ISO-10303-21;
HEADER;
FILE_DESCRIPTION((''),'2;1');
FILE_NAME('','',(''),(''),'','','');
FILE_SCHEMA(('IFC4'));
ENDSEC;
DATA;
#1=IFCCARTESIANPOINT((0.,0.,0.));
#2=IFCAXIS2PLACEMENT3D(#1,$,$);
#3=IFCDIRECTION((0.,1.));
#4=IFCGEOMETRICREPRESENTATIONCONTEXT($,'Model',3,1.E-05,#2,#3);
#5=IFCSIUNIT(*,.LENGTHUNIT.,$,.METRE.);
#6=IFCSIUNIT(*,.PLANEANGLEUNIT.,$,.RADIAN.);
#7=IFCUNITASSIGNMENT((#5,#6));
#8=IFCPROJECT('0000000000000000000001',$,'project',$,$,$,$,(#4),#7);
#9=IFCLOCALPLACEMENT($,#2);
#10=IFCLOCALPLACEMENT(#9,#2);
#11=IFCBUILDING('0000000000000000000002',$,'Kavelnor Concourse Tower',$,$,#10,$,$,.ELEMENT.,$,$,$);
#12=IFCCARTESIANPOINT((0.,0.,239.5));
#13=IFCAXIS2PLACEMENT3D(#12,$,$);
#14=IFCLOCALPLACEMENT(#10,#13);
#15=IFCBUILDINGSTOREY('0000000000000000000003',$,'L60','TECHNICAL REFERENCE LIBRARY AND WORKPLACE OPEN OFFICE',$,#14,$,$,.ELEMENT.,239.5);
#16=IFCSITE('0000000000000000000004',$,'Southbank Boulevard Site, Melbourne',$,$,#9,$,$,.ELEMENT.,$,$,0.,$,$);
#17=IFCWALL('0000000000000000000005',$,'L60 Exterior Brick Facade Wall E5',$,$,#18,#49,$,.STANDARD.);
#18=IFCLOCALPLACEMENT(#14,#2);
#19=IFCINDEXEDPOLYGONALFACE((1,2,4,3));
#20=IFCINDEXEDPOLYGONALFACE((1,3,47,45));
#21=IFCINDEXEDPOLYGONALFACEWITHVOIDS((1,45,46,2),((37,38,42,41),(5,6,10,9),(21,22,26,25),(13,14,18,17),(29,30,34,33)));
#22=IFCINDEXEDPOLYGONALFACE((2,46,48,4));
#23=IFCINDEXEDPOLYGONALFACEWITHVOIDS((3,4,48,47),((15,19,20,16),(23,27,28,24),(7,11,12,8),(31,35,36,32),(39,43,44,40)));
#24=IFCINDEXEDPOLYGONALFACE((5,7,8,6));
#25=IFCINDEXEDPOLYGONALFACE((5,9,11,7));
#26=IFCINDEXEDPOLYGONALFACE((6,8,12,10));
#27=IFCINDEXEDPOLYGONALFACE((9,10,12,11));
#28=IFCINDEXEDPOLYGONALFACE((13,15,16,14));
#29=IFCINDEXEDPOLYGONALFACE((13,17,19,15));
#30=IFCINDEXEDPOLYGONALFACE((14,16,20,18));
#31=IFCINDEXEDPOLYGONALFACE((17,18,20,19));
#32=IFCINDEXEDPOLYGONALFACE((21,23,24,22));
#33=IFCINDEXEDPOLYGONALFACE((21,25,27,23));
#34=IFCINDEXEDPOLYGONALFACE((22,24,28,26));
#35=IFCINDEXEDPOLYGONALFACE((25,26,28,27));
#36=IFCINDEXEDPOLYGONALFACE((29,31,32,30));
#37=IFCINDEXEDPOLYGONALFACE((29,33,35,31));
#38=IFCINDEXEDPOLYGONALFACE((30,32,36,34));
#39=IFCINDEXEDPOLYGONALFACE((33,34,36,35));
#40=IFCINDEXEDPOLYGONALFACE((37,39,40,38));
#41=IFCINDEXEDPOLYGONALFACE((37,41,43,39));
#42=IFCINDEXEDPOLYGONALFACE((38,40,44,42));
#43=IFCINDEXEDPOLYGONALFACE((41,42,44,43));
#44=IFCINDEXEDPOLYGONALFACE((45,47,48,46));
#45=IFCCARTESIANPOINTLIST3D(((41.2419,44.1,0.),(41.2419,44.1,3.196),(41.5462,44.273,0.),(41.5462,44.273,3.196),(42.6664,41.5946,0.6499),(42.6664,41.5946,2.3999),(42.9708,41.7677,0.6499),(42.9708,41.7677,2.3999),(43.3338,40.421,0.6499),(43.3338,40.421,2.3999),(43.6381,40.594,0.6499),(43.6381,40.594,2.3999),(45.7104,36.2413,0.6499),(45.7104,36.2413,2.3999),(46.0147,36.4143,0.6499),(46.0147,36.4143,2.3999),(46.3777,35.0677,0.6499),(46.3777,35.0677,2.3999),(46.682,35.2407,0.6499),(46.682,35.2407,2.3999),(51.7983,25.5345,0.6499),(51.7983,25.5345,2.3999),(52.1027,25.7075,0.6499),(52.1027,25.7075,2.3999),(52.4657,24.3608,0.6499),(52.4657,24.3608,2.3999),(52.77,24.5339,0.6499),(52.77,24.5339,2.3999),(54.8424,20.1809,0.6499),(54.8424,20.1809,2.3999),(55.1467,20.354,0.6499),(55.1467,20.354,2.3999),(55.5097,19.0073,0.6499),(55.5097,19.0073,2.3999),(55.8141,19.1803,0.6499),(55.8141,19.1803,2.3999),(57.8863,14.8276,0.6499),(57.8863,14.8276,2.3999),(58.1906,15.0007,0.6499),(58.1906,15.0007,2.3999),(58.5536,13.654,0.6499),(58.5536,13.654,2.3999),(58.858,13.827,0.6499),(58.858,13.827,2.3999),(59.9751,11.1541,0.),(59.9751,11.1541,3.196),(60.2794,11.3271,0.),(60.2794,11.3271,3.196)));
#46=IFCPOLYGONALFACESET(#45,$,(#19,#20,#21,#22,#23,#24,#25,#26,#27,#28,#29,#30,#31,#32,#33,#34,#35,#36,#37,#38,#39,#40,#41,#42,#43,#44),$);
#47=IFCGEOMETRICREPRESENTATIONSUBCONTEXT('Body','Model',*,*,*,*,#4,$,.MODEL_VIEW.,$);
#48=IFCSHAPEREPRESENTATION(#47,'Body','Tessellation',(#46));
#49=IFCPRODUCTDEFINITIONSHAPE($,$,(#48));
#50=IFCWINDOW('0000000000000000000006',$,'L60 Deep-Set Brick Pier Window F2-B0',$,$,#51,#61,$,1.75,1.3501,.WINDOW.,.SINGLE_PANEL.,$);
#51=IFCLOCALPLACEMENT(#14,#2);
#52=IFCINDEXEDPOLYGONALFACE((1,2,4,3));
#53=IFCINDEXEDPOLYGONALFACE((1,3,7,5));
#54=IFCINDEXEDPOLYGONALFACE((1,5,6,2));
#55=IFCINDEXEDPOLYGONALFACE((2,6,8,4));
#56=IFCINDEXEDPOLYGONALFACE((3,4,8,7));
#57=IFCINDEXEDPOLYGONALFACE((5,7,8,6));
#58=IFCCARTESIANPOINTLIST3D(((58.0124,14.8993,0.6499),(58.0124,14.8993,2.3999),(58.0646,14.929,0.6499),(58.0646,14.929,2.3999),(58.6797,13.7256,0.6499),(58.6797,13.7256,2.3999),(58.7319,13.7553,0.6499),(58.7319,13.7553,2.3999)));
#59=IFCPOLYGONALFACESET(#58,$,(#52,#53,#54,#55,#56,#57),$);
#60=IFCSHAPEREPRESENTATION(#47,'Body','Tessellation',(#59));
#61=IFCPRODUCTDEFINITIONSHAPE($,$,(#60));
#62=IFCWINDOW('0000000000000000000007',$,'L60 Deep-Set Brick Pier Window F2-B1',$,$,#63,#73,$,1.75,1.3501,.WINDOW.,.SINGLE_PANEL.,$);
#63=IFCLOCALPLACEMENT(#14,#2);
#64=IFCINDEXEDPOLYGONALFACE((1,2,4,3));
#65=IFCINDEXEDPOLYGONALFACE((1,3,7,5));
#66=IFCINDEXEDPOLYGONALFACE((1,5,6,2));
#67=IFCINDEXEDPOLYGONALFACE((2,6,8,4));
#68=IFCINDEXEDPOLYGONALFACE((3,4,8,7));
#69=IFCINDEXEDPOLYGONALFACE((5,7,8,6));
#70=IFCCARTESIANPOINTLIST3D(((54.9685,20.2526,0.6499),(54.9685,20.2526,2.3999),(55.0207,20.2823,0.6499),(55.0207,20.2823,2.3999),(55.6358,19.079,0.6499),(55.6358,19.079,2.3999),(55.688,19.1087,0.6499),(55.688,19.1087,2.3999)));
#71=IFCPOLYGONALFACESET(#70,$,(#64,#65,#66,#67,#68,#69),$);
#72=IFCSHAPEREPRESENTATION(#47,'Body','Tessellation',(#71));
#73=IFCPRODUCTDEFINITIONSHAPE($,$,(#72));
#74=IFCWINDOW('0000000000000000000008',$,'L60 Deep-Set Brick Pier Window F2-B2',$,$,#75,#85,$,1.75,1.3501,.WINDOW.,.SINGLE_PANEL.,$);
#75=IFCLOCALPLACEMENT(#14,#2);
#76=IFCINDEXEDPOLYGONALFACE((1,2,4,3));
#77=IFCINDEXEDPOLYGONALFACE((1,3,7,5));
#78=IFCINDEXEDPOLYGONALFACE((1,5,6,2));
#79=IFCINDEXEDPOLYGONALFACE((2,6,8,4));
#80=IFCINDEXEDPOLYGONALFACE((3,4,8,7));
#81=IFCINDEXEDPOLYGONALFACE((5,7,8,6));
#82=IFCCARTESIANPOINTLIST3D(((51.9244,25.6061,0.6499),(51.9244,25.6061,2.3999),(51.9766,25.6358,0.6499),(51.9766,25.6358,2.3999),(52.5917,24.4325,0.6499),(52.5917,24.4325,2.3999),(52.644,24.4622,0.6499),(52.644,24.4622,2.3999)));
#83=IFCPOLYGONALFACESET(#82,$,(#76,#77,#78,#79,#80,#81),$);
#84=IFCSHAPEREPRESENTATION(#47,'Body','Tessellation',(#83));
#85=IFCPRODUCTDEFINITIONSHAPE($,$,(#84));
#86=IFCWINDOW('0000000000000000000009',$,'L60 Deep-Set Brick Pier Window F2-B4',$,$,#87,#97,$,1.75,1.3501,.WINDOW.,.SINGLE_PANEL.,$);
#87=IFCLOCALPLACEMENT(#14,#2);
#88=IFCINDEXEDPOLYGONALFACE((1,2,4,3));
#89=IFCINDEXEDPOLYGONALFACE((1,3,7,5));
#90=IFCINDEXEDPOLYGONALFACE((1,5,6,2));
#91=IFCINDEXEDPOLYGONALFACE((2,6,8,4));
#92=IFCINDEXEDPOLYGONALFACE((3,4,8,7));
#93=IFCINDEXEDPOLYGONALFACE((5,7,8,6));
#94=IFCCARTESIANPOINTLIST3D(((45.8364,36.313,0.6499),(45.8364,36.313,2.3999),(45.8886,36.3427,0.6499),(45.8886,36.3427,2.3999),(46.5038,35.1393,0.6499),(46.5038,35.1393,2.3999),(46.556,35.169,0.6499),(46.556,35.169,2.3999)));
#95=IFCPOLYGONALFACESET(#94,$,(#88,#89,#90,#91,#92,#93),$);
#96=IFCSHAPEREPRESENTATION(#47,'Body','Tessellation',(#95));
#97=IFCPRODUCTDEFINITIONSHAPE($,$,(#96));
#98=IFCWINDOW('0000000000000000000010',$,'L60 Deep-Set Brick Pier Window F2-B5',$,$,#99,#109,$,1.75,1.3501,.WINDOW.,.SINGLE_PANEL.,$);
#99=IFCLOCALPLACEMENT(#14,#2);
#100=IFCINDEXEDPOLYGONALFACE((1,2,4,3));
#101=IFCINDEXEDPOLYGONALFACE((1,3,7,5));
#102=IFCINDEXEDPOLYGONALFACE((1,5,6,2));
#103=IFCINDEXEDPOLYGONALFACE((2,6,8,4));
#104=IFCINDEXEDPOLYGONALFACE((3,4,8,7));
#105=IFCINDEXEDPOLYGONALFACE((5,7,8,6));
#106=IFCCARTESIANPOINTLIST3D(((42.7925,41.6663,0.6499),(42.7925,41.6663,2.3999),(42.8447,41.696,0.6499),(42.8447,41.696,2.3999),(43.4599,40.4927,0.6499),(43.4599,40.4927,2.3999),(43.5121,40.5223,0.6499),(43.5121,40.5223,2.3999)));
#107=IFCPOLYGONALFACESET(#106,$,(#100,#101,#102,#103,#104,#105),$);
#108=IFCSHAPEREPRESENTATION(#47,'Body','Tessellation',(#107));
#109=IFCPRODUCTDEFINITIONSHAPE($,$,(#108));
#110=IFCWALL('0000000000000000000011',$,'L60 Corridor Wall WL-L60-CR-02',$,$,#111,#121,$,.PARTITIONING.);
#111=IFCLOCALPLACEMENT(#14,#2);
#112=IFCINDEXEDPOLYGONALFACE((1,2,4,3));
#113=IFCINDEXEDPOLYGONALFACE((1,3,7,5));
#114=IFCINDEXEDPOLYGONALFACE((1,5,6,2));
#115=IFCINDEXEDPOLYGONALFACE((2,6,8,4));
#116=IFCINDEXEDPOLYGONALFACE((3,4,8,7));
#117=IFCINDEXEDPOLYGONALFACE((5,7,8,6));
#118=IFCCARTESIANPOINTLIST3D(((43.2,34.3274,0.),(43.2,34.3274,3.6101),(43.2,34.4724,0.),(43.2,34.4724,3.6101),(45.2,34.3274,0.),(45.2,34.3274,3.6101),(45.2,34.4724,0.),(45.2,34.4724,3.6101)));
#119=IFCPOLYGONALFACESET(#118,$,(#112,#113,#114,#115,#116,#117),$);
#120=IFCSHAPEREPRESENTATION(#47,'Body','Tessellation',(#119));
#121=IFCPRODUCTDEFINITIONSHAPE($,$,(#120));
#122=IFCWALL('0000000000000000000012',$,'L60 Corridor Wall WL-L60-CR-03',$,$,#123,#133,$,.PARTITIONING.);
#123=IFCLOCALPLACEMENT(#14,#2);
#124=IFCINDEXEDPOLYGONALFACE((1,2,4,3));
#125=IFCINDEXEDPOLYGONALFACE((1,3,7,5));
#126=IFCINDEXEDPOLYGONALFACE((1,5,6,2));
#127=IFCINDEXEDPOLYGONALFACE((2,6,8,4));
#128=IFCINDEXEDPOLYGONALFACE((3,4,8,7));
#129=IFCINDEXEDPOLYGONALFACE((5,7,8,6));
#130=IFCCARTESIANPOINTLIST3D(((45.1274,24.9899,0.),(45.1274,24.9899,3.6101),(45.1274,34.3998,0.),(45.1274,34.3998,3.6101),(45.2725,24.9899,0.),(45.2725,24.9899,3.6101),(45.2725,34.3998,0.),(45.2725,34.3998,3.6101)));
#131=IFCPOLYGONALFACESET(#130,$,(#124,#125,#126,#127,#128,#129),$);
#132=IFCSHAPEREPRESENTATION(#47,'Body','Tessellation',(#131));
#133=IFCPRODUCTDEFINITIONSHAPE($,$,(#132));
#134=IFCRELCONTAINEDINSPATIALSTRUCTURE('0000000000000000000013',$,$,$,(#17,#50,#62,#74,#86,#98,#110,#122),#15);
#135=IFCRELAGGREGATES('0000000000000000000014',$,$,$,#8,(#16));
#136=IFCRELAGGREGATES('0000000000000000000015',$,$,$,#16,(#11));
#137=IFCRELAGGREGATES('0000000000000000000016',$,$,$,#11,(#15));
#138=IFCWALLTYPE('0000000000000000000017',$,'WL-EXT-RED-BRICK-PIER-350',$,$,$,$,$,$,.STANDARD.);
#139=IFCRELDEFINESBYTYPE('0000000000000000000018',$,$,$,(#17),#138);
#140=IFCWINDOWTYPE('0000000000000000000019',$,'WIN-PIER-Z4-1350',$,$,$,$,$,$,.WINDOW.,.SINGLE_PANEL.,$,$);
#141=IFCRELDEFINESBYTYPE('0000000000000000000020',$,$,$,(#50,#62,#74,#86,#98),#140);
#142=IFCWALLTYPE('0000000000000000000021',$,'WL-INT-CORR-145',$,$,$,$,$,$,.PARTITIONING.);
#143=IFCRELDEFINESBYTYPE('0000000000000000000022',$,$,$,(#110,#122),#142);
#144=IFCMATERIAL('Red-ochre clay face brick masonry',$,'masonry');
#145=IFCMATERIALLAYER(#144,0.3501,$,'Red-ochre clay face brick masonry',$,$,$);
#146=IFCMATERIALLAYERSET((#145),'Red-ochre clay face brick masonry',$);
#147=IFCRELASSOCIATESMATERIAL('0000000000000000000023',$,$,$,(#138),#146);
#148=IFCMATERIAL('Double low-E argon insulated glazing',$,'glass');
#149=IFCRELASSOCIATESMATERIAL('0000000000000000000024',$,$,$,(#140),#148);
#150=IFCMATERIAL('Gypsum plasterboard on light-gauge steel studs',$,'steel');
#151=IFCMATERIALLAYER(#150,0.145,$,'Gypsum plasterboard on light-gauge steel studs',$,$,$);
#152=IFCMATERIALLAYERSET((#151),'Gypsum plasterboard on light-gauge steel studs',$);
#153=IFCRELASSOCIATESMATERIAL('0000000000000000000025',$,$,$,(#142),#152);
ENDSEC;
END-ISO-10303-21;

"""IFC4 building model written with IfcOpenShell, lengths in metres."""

from ifc_helpers import new_model, si_unit, direction, frame, frame_2d, origin, place, context, subcontext, project, spatial, rectangle, extrude, material, layer, layer_set, type_object, element, fill, save


model = new_model("IFC4")

# Units and contexts
model_context = context("Model", 3, precision=1e-05, world=origin(), true_north=direction((0.0, 1.0)))
body_context = subcontext(model_context, "Body", "Model", "MODEL_VIEW")
ifc_project = project(units=[si_unit("LENGTHUNIT", "METRE"), si_unit("PLANEANGLEUNIT", "RADIAN")], contexts=[model_context])

# Site, building, storey
site_placement = place(None, origin())
site = spatial("IfcSite", under=ifc_project, at=site_placement, Name="Southbank Boulevard Site, Melbourne", CompositionType="ELEMENT", RefElevation=0.0)
building_placement = place(site_placement, origin())
building = spatial("IfcBuilding", under=site, at=building_placement, Name="Kavelnor Concourse Tower", CompositionType="ELEMENT")
storey_placement = place(building_placement, frame((0.0, 0.0, 239.5)))
storey = spatial("IfcBuildingStorey", under=building, at=storey_placement, Name="L60", Description="TECHNICAL REFERENCE LIBRARY AND WORKPLACE OPEN OFFICE", CompositionType="ELEMENT", Elevation=239.5)

# Wall, openings, windows
ifc_material_1 = material(Name="Red-ochre clay face brick masonry", Category="masonry")
ifc_layer_1 = layer(ifc_material_1, 0.3501, Name="Red-ochre clay face brick masonry")
ifc_layer_set_1 = layer_set([ifc_layer_1], Name="Red-ochre clay face brick masonry")
wall_type_1 = type_object("IfcWallType", Name="WL-EXT-RED-BRICK-PIER-350", PredefinedType="STANDARD", material=ifc_layer_set_1)
wall_1_placement = place(storey_placement, frame((41.394, 44.1865, 0.0), z_axis=(0.0, 0.0, 1.0), x_axis=(0.494288, -0.869298, 0.0)))
wall_1 = element("IfcWall", 1, at=wall_1_placement, inside=storey, type_object=wall_type_1, Name="L60 Exterior Brick Facade Wall E5", PredefinedType="STANDARD", context=body_context, shape_type="SweptSolid", body=[
    extrude(rectangle(XDim=37.8994, YDim=0.3501, at=frame_2d((18.9497, 0.0))), origin(), (0.0, 0.0, 1.0), 3.196),
])
opening_1_placement = place(wall_1_placement, frame((33.6736, 0.0, 0.6499)))
opening_1 = element("IfcOpeningElement", 2, at=opening_1_placement, cuts=wall_1, PredefinedType="OPENING", context=body_context, shape_type="SweptSolid", body=[
    extrude(rectangle(XDim=1.3501, YDim=1.75, at=frame_2d((0.675, 0.875))), frame((0.0, 0.1851, 0.0), z_axis=(0.0, -1.0, 0.0), x_axis=(1.0, 0.0, 0.0)), (0.0, 0.0, 1.0), 0.3701),
])
opening_2_placement = place(wall_1_placement, frame((27.5154, 0.0, 0.6499)))
opening_2 = element("IfcOpeningElement", 3, at=opening_2_placement, cuts=wall_1, PredefinedType="OPENING", context=body_context, shape_type="SweptSolid", body=[
    extrude(rectangle(XDim=1.3501, YDim=1.75, at=frame_2d((0.675, 0.875))), frame((0.0, 0.1851, 0.0), z_axis=(0.0, -1.0, 0.0), x_axis=(1.0, 0.0, 0.0)), (0.0, 0.0, 1.0), 0.3701),
])
opening_3_placement = place(wall_1_placement, frame((21.3569, 0.0, 0.6499)))
opening_3 = element("IfcOpeningElement", 4, at=opening_3_placement, cuts=wall_1, PredefinedType="OPENING", context=body_context, shape_type="SweptSolid", body=[
    extrude(rectangle(XDim=1.3501, YDim=1.75, at=frame_2d((0.675, 0.875))), frame((0.0, 0.1851, 0.0), z_axis=(0.0, -1.0, 0.0), x_axis=(1.0, 0.0, 0.0)), (0.0, 0.0, 1.0), 0.3701),
])
opening_4_placement = place(wall_1_placement, frame((9.0403, 0.0, 0.6499)))
opening_4 = element("IfcOpeningElement", 5, at=opening_4_placement, cuts=wall_1, PredefinedType="OPENING", context=body_context, shape_type="SweptSolid", body=[
    extrude(rectangle(XDim=1.3501, YDim=1.75, at=frame_2d((0.675, 0.875))), frame((0.0, 0.1851, 0.0), z_axis=(0.0, -1.0, 0.0), x_axis=(1.0, 0.0, 0.0)), (0.0, 0.0, 1.0), 0.3701),
])
opening_5_placement = place(wall_1_placement, frame((2.8821, 0.0, 0.6499)))
opening_5 = element("IfcOpeningElement", 6, at=opening_5_placement, cuts=wall_1, PredefinedType="OPENING", context=body_context, shape_type="SweptSolid", body=[
    extrude(rectangle(XDim=1.3501, YDim=1.75, at=frame_2d((0.675, 0.875))), frame((0.0, 0.1851, 0.0), z_axis=(0.0, -1.0, 0.0), x_axis=(1.0, 0.0, 0.0)), (0.0, 0.0, 1.0), 0.3701),
])
ifc_material_2 = material(Name="Double low-E argon insulated glazing", Category="glass")
window_type = type_object("IfcWindowType", Name="WIN-PIER-Z4-1350", PartitioningType="SINGLE_PANEL", PredefinedType="WINDOW", material=ifc_material_2)
window_1_placement = place(opening_1_placement, origin())
window_1 = element("IfcWindow", 7, at=window_1_placement, inside=storey, type_object=window_type, Name="L60 Deep-Set Brick Pier Window F2-B0", OverallHeight=1.75, OverallWidth=1.3501, PartitioningType="SINGLE_PANEL", PredefinedType="WINDOW", context=body_context, shape_type="SweptSolid", body=[
    extrude(rectangle(XDim=1.3501, YDim=1.75, at=frame_2d((0.675, 0.875))), frame((0.0, 0.03, 0.0), z_axis=(0.0, -1.0, 0.0), x_axis=(1.0, 0.0, 0.0)), (0.0, 0.0, 1.0), 0.0601),
])
fill(opening_1, window_1)
window_2_placement = place(opening_2_placement, origin())
window_2 = element("IfcWindow", 8, at=window_2_placement, inside=storey, type_object=window_type, Name="L60 Deep-Set Brick Pier Window F2-B1", OverallHeight=1.75, OverallWidth=1.3501, PartitioningType="SINGLE_PANEL", PredefinedType="WINDOW", context=body_context, shape_type="SweptSolid", body=[
    extrude(rectangle(XDim=1.3501, YDim=1.75, at=frame_2d((0.675, 0.875))), frame((0.0, 0.03, 0.0), z_axis=(0.0, -1.0, 0.0), x_axis=(1.0, 0.0, 0.0)), (0.0, 0.0, 1.0), 0.0601),
])
fill(opening_2, window_2)
window_3_placement = place(opening_3_placement, origin())
window_3 = element("IfcWindow", 9, at=window_3_placement, inside=storey, type_object=window_type, Name="L60 Deep-Set Brick Pier Window F2-B2", OverallHeight=1.75, OverallWidth=1.3501, PartitioningType="SINGLE_PANEL", PredefinedType="WINDOW", context=body_context, shape_type="SweptSolid", body=[
    extrude(rectangle(XDim=1.3501, YDim=1.75, at=frame_2d((0.675, 0.875))), frame((0.0, 0.03, 0.0), z_axis=(0.0, -1.0, 0.0), x_axis=(1.0, 0.0, 0.0)), (0.0, 0.0, 1.0), 0.0601),
])
fill(opening_3, window_3)
window_4_placement = place(opening_4_placement, origin())
window_4 = element("IfcWindow", 10, at=window_4_placement, inside=storey, type_object=window_type, Name="L60 Deep-Set Brick Pier Window F2-B4", OverallHeight=1.75, OverallWidth=1.3501, PartitioningType="SINGLE_PANEL", PredefinedType="WINDOW", context=body_context, shape_type="SweptSolid", body=[
    extrude(rectangle(XDim=1.3501, YDim=1.75, at=frame_2d((0.675, 0.875))), frame((0.0, 0.03, 0.0), z_axis=(0.0, -1.0, 0.0), x_axis=(1.0, 0.0, 0.0)), (0.0, 0.0, 1.0), 0.0601),
])
fill(opening_4, window_4)
window_5_placement = place(opening_5_placement, origin())
window_5 = element("IfcWindow", 11, at=window_5_placement, inside=storey, type_object=window_type, Name="L60 Deep-Set Brick Pier Window F2-B5", OverallHeight=1.75, OverallWidth=1.3501, PartitioningType="SINGLE_PANEL", PredefinedType="WINDOW", context=body_context, shape_type="SweptSolid", body=[
    extrude(rectangle(XDim=1.3501, YDim=1.75, at=frame_2d((0.675, 0.875))), frame((0.0, 0.03, 0.0), z_axis=(0.0, -1.0, 0.0), x_axis=(1.0, 0.0, 0.0)), (0.0, 0.0, 1.0), 0.0601),
])
fill(opening_5, window_5)

# Walls
ifc_material_3 = material(Name="Gypsum plasterboard on light-gauge steel studs", Category="steel")
ifc_layer_2 = layer(ifc_material_3, 0.145, Name="Gypsum plasterboard on light-gauge steel studs")
ifc_layer_set_2 = layer_set([ifc_layer_2], Name="Gypsum plasterboard on light-gauge steel studs")
wall_type_2 = type_object("IfcWallType", Name="WL-INT-CORR-145", PredefinedType="PARTITIONING", material=ifc_layer_set_2)
wall_2_placement = place(storey_placement, frame((43.2, 34.3999, 0.0), z_axis=(0.0, 0.0, 1.0), x_axis=(1.0, 0.0, 0.0)))
element("IfcWall", 12, at=wall_2_placement, inside=storey, type_object=wall_type_2, Name="L60 Corridor Wall WL-L60-CR-02", PredefinedType="PARTITIONING", context=body_context, shape_type="SweptSolid", body=[
    extrude(rectangle(XDim=2.0, YDim=0.145, at=frame_2d((1.0, 0.0))), origin(), (0.0, 0.0, 1.0), 3.6101),
])
wall_3_placement = place(storey_placement, frame((45.2, 34.3999, 0.0), z_axis=(0.0, 0.0, 1.0), x_axis=(0.0, -1.0, 0.0)))
element("IfcWall", 13, at=wall_3_placement, inside=storey, type_object=wall_type_2, Name="L60 Corridor Wall WL-L60-CR-03", PredefinedType="PARTITIONING", context=body_context, shape_type="SweptSolid", body=[
    extrude(rectangle(XDim=9.4099, YDim=0.145, at=frame_2d((4.7051, 0.0))), origin(), (0.0, 0.0, 1.0), 3.6101),
])

save(model, "model.ifc")
